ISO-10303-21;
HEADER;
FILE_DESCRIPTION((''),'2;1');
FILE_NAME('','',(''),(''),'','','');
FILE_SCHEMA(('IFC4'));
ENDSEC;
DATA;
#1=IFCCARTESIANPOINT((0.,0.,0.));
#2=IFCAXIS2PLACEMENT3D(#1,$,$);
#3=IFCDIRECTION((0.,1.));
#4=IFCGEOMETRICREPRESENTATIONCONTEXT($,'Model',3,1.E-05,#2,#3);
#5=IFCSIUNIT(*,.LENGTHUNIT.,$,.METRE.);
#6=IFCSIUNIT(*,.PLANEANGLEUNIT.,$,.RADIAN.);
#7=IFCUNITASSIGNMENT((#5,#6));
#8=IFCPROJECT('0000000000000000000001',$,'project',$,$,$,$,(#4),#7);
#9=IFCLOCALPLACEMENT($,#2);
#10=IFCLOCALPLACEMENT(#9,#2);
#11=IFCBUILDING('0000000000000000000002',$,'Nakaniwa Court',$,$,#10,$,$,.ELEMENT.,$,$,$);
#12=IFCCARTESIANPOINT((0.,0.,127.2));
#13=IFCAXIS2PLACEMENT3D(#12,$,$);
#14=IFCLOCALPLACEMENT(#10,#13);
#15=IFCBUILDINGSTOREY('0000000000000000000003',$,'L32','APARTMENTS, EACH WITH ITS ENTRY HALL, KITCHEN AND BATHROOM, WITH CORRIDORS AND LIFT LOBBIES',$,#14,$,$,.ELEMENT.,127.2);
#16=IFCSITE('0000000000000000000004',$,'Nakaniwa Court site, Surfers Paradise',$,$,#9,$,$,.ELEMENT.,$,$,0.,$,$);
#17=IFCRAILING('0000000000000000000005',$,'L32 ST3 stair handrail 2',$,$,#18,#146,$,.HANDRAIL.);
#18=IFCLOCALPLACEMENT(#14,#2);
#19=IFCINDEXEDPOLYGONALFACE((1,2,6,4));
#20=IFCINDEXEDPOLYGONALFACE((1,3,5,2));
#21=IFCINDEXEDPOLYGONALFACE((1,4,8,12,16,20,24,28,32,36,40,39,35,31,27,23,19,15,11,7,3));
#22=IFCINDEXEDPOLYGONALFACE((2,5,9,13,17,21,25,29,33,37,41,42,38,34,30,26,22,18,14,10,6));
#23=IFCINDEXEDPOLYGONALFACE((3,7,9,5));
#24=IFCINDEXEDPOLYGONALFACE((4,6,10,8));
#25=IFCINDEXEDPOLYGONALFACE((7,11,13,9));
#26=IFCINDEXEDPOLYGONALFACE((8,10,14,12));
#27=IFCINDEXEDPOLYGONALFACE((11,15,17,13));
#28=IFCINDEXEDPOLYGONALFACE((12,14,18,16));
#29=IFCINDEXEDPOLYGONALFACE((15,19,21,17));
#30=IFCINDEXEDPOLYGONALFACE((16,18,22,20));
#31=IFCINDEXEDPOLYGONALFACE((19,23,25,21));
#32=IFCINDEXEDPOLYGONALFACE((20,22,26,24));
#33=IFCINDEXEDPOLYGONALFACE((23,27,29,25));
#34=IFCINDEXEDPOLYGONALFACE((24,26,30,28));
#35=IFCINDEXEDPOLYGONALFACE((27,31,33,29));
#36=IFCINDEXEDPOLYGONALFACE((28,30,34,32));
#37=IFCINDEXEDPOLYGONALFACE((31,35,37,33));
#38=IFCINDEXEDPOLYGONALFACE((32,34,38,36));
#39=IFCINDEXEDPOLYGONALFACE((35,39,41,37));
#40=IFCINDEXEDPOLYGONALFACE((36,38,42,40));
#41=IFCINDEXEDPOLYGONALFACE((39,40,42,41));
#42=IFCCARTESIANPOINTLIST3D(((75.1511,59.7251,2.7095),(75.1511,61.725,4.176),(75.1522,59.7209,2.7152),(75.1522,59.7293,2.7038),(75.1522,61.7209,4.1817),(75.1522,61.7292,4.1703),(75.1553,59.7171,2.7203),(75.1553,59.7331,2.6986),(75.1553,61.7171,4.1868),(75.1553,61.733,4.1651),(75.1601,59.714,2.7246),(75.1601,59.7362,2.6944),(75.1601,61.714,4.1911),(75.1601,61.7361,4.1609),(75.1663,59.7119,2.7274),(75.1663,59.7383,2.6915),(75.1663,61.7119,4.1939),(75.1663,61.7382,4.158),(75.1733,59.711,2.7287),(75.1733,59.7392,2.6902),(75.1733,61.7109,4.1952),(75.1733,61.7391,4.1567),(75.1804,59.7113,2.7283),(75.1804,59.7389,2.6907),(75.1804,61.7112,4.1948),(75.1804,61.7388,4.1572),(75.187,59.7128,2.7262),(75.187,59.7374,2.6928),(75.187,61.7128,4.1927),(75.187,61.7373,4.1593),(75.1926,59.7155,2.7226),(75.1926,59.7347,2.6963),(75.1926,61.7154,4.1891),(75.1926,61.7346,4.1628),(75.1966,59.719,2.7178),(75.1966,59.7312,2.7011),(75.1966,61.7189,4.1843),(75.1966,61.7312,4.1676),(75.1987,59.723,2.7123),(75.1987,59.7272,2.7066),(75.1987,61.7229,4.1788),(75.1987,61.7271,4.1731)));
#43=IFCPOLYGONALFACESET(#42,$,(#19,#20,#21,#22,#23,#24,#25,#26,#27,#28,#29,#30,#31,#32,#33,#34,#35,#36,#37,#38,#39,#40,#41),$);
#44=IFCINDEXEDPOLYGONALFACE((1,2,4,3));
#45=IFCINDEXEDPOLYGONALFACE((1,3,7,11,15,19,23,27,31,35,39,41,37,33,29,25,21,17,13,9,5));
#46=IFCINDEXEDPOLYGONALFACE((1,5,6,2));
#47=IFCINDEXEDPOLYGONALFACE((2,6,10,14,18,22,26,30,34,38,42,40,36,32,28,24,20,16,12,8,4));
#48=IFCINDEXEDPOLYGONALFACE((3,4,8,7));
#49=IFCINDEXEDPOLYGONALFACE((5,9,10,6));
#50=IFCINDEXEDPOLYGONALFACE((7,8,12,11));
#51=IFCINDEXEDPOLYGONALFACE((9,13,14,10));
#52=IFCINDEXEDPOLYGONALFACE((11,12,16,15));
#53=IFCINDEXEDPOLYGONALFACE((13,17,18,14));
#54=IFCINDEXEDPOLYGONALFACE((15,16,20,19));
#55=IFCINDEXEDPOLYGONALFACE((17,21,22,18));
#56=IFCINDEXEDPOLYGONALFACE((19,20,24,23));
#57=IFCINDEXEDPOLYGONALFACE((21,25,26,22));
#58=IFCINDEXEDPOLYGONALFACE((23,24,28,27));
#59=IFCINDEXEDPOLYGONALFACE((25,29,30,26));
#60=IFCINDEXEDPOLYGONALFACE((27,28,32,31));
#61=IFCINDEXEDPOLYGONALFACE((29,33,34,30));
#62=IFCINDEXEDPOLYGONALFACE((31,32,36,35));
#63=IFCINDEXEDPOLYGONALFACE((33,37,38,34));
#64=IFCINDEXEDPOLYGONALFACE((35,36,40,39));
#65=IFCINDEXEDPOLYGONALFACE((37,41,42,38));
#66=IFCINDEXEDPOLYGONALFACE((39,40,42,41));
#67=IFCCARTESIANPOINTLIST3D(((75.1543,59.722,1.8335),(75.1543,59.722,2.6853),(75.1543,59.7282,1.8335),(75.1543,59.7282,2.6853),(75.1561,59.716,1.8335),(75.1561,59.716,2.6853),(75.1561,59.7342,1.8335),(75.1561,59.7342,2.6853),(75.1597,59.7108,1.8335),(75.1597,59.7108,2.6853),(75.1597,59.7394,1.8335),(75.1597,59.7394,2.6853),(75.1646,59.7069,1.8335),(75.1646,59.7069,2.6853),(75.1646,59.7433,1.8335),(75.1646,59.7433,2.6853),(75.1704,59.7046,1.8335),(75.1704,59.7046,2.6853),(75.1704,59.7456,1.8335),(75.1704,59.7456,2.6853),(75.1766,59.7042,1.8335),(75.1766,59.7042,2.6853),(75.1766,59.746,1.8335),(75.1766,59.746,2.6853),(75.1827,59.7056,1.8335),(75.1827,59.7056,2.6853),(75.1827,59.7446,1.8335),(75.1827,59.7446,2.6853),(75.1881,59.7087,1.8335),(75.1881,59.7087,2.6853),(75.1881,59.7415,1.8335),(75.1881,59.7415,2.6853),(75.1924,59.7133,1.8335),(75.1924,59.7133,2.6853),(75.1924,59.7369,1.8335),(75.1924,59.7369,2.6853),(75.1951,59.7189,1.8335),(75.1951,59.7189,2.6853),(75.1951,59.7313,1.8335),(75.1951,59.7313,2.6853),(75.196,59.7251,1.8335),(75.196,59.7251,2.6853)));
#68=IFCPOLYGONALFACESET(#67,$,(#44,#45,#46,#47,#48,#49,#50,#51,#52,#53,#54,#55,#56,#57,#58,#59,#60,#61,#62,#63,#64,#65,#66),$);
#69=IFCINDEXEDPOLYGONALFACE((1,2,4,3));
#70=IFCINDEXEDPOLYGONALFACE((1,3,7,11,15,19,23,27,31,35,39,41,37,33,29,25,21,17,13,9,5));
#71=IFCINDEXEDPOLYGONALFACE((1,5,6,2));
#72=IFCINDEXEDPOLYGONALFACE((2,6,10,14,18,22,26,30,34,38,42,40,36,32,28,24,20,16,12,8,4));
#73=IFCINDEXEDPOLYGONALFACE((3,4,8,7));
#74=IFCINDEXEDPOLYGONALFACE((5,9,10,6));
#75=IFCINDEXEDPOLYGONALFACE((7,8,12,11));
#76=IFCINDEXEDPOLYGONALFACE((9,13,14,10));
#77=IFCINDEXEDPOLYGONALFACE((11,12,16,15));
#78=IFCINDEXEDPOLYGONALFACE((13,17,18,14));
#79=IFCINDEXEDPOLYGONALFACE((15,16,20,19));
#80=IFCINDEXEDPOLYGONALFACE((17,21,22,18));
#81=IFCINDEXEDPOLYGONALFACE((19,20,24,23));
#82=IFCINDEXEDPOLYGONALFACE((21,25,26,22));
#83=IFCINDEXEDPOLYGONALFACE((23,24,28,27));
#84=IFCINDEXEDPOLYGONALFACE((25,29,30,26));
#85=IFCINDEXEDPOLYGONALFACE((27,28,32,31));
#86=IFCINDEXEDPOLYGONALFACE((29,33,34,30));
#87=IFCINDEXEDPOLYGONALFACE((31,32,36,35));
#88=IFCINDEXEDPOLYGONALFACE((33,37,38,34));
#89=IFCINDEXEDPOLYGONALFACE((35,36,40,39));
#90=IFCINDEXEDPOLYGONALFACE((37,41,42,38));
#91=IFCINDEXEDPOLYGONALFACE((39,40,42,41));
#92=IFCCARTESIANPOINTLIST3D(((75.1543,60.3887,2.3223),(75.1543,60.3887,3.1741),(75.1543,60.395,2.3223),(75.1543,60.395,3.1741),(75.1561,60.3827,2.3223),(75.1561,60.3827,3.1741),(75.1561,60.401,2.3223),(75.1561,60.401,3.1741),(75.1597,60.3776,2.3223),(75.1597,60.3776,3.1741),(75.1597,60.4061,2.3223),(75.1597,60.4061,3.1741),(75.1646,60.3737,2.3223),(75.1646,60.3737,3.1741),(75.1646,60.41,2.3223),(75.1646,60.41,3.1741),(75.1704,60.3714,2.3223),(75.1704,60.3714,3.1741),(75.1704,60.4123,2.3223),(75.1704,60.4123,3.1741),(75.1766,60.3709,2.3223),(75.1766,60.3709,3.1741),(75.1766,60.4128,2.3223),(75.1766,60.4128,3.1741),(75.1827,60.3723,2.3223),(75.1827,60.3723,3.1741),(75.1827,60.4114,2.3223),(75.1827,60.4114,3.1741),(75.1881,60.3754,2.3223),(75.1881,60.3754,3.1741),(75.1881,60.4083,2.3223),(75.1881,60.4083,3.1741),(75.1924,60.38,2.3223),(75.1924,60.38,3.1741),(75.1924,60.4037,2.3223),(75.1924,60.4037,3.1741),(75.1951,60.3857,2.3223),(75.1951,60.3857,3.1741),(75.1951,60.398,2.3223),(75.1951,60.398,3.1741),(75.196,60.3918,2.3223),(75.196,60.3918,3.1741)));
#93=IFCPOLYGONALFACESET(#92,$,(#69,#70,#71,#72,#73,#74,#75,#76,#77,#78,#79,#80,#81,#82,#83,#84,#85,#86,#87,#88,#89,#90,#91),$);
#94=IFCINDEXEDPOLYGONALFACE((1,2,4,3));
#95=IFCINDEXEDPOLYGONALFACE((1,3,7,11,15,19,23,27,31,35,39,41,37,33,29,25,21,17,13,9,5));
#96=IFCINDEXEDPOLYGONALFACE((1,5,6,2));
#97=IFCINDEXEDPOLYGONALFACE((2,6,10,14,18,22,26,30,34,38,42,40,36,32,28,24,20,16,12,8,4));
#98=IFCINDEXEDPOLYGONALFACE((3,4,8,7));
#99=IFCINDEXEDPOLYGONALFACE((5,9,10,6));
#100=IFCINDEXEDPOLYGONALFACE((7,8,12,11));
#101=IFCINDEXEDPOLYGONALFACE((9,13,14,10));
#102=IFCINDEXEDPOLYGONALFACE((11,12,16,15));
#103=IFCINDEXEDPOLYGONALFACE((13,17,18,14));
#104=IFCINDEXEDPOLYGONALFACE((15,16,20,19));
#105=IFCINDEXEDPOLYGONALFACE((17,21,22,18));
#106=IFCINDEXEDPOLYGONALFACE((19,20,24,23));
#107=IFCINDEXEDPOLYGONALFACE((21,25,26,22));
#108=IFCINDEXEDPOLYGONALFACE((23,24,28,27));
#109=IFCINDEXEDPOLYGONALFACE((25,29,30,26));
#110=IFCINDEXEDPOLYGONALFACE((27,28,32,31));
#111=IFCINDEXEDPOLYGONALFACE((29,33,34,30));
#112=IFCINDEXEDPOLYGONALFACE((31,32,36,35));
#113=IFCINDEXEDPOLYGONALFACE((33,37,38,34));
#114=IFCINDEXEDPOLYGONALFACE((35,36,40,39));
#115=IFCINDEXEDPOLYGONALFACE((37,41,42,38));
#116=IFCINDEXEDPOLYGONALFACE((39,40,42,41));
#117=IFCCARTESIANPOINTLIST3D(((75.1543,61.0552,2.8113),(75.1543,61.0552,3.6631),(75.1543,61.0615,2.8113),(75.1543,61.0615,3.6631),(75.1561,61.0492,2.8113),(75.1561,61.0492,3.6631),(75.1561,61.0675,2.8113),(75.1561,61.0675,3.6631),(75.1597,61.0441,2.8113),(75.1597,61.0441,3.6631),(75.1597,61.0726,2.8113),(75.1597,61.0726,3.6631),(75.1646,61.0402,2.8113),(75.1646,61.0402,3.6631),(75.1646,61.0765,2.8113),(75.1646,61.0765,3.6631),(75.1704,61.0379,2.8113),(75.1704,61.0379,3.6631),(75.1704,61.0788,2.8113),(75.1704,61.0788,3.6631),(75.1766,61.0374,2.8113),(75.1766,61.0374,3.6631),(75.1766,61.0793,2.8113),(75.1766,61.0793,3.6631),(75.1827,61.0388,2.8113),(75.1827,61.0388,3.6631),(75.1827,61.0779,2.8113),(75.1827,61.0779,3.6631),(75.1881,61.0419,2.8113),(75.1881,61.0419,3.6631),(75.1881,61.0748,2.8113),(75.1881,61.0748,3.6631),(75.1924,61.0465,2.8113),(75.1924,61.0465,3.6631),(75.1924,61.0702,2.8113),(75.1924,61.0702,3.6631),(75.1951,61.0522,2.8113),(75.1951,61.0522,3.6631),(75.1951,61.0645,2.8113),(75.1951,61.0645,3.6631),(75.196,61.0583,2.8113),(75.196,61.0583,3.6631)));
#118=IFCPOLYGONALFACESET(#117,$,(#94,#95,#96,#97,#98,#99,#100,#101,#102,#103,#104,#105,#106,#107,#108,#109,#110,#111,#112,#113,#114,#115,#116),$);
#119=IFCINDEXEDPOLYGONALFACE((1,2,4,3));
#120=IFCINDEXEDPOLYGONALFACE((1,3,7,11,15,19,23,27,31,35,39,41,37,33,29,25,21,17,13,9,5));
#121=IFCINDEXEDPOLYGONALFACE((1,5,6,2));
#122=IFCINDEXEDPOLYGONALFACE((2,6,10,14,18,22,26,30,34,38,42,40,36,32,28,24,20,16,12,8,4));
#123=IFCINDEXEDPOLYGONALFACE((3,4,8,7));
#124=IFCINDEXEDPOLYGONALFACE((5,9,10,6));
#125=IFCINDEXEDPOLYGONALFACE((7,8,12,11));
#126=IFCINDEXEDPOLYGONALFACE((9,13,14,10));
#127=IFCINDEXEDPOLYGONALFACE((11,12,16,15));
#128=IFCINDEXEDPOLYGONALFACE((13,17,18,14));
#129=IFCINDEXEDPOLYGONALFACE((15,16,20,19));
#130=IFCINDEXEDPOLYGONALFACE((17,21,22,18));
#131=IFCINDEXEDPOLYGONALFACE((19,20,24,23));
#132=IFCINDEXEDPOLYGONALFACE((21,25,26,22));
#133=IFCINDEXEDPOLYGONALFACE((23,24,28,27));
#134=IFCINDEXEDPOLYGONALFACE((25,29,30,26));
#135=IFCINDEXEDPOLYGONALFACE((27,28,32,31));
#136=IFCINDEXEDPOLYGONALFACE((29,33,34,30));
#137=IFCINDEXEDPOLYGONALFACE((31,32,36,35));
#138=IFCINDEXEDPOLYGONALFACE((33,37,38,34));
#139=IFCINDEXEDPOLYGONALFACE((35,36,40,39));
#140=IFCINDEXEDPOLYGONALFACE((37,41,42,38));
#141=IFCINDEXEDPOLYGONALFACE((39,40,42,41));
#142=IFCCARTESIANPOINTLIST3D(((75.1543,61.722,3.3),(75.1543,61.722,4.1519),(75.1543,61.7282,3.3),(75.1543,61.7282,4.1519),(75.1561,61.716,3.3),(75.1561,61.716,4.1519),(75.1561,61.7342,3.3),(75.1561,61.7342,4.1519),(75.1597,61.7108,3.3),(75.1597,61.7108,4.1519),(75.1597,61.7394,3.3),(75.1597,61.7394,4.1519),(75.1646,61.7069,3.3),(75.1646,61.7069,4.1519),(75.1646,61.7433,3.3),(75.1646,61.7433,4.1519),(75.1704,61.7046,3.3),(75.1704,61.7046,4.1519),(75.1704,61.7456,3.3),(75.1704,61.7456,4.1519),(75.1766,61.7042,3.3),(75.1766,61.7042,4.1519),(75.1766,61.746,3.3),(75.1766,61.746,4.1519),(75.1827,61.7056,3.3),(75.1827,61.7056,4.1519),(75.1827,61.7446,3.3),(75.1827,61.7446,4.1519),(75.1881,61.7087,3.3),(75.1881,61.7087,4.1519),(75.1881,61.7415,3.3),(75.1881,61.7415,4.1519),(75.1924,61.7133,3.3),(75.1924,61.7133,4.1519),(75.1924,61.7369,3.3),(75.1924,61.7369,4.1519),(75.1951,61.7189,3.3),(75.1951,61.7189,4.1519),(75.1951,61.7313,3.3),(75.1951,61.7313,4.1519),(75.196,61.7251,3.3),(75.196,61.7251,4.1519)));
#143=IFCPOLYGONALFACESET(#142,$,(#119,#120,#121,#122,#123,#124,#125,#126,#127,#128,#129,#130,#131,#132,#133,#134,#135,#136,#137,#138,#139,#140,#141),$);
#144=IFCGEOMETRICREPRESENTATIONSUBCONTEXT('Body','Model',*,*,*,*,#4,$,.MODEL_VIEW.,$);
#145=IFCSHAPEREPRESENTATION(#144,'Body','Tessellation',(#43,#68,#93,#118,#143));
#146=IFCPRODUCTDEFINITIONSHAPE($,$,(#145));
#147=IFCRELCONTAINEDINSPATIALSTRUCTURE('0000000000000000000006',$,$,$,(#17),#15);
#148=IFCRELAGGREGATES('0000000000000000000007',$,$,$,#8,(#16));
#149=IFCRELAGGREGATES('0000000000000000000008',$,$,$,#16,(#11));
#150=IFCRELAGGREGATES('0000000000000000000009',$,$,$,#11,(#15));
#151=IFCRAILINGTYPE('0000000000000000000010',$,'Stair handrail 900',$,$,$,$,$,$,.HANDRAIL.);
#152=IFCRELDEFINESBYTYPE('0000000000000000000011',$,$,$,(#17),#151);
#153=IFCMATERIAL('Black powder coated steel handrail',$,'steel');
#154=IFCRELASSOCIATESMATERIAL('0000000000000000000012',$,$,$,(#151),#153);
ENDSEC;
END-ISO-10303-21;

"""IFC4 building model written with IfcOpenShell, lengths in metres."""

from ifc_helpers import new_model, si_unit, direction, frame, origin, origin_2d, place, context, subcontext, project, spatial, circle, extrude, material, type_object, element, save


model = new_model("IFC4")

# Units and contexts
model_context = context("Model", 3, precision=1e-05, world=origin(), true_north=direction((0.0, 1.0)))
body_context = subcontext(model_context, "Body", "Model", "MODEL_VIEW")
ifc_project = project(units=[si_unit("LENGTHUNIT", "METRE"), si_unit("PLANEANGLEUNIT", "RADIAN")], contexts=[model_context])

# Site, building, storey
site_placement = place(None, origin())
site = spatial("IfcSite", under=ifc_project, at=site_placement, Name="Nakaniwa Court site, Surfers Paradise", CompositionType="ELEMENT", RefElevation=0.0)
building_placement = place(site_placement, origin())
building = spatial("IfcBuilding", under=site, at=building_placement, Name="Nakaniwa Court", CompositionType="ELEMENT")
storey_placement = place(building_placement, frame((0.0, 0.0, 127.2)))
storey = spatial("IfcBuildingStorey", under=building, at=storey_placement, Name="L32", Description="APARTMENTS, EACH WITH ITS ENTRY HALL, KITCHEN AND BATHROOM, WITH CORRIDORS AND LIFT LOBBIES", CompositionType="ELEMENT", Elevation=127.2)

# Railing
ifc_material_1 = material(Name="Black powder coated steel handrail", Category="steel")
railing_type_1 = type_object("IfcRailingType", Name="Stair handrail 900", PredefinedType="HANDRAIL", material=ifc_material_1)
railing_1_placement = place(storey_placement, frame((75.175, 59.7251, 1.8335)))
element("IfcRailing", 1, at=railing_1_placement, inside=storey, type_object=railing_type_1, Name="L32 ST3 stair handrail 2", PredefinedType="HANDRAIL", context=body_context, shape_type="SweptSolid", body=[
    extrude(circle(Radius=0.0239, at=origin_2d()), frame((0.0, 0.0, 0.876), z_axis=(0.0, 0.806427, 0.591334), x_axis=(-1.0, 0.0, 0.0)), (0.0, 0.0, 1.0), 2.48),
    extrude(circle(Radius=0.021, at=origin_2d()), origin(), (0.0, 0.0, 1.0), 0.8518),
    extrude(circle(Radius=0.021, at=origin_2d()), frame((0.0, 0.6667, 0.4888)), (0.0, 0.0, 1.0), 0.8518),
    extrude(circle(Radius=0.021, at=origin_2d()), frame((0.0, 1.3333, 0.9778)), (0.0, 0.0, 1.0), 0.8518),
    extrude(circle(Radius=0.021, at=origin_2d()), frame((0.0, 2.0, 1.4666)), (0.0, 0.0, 1.0), 0.8518),
])

save(model, "model.ifc")
